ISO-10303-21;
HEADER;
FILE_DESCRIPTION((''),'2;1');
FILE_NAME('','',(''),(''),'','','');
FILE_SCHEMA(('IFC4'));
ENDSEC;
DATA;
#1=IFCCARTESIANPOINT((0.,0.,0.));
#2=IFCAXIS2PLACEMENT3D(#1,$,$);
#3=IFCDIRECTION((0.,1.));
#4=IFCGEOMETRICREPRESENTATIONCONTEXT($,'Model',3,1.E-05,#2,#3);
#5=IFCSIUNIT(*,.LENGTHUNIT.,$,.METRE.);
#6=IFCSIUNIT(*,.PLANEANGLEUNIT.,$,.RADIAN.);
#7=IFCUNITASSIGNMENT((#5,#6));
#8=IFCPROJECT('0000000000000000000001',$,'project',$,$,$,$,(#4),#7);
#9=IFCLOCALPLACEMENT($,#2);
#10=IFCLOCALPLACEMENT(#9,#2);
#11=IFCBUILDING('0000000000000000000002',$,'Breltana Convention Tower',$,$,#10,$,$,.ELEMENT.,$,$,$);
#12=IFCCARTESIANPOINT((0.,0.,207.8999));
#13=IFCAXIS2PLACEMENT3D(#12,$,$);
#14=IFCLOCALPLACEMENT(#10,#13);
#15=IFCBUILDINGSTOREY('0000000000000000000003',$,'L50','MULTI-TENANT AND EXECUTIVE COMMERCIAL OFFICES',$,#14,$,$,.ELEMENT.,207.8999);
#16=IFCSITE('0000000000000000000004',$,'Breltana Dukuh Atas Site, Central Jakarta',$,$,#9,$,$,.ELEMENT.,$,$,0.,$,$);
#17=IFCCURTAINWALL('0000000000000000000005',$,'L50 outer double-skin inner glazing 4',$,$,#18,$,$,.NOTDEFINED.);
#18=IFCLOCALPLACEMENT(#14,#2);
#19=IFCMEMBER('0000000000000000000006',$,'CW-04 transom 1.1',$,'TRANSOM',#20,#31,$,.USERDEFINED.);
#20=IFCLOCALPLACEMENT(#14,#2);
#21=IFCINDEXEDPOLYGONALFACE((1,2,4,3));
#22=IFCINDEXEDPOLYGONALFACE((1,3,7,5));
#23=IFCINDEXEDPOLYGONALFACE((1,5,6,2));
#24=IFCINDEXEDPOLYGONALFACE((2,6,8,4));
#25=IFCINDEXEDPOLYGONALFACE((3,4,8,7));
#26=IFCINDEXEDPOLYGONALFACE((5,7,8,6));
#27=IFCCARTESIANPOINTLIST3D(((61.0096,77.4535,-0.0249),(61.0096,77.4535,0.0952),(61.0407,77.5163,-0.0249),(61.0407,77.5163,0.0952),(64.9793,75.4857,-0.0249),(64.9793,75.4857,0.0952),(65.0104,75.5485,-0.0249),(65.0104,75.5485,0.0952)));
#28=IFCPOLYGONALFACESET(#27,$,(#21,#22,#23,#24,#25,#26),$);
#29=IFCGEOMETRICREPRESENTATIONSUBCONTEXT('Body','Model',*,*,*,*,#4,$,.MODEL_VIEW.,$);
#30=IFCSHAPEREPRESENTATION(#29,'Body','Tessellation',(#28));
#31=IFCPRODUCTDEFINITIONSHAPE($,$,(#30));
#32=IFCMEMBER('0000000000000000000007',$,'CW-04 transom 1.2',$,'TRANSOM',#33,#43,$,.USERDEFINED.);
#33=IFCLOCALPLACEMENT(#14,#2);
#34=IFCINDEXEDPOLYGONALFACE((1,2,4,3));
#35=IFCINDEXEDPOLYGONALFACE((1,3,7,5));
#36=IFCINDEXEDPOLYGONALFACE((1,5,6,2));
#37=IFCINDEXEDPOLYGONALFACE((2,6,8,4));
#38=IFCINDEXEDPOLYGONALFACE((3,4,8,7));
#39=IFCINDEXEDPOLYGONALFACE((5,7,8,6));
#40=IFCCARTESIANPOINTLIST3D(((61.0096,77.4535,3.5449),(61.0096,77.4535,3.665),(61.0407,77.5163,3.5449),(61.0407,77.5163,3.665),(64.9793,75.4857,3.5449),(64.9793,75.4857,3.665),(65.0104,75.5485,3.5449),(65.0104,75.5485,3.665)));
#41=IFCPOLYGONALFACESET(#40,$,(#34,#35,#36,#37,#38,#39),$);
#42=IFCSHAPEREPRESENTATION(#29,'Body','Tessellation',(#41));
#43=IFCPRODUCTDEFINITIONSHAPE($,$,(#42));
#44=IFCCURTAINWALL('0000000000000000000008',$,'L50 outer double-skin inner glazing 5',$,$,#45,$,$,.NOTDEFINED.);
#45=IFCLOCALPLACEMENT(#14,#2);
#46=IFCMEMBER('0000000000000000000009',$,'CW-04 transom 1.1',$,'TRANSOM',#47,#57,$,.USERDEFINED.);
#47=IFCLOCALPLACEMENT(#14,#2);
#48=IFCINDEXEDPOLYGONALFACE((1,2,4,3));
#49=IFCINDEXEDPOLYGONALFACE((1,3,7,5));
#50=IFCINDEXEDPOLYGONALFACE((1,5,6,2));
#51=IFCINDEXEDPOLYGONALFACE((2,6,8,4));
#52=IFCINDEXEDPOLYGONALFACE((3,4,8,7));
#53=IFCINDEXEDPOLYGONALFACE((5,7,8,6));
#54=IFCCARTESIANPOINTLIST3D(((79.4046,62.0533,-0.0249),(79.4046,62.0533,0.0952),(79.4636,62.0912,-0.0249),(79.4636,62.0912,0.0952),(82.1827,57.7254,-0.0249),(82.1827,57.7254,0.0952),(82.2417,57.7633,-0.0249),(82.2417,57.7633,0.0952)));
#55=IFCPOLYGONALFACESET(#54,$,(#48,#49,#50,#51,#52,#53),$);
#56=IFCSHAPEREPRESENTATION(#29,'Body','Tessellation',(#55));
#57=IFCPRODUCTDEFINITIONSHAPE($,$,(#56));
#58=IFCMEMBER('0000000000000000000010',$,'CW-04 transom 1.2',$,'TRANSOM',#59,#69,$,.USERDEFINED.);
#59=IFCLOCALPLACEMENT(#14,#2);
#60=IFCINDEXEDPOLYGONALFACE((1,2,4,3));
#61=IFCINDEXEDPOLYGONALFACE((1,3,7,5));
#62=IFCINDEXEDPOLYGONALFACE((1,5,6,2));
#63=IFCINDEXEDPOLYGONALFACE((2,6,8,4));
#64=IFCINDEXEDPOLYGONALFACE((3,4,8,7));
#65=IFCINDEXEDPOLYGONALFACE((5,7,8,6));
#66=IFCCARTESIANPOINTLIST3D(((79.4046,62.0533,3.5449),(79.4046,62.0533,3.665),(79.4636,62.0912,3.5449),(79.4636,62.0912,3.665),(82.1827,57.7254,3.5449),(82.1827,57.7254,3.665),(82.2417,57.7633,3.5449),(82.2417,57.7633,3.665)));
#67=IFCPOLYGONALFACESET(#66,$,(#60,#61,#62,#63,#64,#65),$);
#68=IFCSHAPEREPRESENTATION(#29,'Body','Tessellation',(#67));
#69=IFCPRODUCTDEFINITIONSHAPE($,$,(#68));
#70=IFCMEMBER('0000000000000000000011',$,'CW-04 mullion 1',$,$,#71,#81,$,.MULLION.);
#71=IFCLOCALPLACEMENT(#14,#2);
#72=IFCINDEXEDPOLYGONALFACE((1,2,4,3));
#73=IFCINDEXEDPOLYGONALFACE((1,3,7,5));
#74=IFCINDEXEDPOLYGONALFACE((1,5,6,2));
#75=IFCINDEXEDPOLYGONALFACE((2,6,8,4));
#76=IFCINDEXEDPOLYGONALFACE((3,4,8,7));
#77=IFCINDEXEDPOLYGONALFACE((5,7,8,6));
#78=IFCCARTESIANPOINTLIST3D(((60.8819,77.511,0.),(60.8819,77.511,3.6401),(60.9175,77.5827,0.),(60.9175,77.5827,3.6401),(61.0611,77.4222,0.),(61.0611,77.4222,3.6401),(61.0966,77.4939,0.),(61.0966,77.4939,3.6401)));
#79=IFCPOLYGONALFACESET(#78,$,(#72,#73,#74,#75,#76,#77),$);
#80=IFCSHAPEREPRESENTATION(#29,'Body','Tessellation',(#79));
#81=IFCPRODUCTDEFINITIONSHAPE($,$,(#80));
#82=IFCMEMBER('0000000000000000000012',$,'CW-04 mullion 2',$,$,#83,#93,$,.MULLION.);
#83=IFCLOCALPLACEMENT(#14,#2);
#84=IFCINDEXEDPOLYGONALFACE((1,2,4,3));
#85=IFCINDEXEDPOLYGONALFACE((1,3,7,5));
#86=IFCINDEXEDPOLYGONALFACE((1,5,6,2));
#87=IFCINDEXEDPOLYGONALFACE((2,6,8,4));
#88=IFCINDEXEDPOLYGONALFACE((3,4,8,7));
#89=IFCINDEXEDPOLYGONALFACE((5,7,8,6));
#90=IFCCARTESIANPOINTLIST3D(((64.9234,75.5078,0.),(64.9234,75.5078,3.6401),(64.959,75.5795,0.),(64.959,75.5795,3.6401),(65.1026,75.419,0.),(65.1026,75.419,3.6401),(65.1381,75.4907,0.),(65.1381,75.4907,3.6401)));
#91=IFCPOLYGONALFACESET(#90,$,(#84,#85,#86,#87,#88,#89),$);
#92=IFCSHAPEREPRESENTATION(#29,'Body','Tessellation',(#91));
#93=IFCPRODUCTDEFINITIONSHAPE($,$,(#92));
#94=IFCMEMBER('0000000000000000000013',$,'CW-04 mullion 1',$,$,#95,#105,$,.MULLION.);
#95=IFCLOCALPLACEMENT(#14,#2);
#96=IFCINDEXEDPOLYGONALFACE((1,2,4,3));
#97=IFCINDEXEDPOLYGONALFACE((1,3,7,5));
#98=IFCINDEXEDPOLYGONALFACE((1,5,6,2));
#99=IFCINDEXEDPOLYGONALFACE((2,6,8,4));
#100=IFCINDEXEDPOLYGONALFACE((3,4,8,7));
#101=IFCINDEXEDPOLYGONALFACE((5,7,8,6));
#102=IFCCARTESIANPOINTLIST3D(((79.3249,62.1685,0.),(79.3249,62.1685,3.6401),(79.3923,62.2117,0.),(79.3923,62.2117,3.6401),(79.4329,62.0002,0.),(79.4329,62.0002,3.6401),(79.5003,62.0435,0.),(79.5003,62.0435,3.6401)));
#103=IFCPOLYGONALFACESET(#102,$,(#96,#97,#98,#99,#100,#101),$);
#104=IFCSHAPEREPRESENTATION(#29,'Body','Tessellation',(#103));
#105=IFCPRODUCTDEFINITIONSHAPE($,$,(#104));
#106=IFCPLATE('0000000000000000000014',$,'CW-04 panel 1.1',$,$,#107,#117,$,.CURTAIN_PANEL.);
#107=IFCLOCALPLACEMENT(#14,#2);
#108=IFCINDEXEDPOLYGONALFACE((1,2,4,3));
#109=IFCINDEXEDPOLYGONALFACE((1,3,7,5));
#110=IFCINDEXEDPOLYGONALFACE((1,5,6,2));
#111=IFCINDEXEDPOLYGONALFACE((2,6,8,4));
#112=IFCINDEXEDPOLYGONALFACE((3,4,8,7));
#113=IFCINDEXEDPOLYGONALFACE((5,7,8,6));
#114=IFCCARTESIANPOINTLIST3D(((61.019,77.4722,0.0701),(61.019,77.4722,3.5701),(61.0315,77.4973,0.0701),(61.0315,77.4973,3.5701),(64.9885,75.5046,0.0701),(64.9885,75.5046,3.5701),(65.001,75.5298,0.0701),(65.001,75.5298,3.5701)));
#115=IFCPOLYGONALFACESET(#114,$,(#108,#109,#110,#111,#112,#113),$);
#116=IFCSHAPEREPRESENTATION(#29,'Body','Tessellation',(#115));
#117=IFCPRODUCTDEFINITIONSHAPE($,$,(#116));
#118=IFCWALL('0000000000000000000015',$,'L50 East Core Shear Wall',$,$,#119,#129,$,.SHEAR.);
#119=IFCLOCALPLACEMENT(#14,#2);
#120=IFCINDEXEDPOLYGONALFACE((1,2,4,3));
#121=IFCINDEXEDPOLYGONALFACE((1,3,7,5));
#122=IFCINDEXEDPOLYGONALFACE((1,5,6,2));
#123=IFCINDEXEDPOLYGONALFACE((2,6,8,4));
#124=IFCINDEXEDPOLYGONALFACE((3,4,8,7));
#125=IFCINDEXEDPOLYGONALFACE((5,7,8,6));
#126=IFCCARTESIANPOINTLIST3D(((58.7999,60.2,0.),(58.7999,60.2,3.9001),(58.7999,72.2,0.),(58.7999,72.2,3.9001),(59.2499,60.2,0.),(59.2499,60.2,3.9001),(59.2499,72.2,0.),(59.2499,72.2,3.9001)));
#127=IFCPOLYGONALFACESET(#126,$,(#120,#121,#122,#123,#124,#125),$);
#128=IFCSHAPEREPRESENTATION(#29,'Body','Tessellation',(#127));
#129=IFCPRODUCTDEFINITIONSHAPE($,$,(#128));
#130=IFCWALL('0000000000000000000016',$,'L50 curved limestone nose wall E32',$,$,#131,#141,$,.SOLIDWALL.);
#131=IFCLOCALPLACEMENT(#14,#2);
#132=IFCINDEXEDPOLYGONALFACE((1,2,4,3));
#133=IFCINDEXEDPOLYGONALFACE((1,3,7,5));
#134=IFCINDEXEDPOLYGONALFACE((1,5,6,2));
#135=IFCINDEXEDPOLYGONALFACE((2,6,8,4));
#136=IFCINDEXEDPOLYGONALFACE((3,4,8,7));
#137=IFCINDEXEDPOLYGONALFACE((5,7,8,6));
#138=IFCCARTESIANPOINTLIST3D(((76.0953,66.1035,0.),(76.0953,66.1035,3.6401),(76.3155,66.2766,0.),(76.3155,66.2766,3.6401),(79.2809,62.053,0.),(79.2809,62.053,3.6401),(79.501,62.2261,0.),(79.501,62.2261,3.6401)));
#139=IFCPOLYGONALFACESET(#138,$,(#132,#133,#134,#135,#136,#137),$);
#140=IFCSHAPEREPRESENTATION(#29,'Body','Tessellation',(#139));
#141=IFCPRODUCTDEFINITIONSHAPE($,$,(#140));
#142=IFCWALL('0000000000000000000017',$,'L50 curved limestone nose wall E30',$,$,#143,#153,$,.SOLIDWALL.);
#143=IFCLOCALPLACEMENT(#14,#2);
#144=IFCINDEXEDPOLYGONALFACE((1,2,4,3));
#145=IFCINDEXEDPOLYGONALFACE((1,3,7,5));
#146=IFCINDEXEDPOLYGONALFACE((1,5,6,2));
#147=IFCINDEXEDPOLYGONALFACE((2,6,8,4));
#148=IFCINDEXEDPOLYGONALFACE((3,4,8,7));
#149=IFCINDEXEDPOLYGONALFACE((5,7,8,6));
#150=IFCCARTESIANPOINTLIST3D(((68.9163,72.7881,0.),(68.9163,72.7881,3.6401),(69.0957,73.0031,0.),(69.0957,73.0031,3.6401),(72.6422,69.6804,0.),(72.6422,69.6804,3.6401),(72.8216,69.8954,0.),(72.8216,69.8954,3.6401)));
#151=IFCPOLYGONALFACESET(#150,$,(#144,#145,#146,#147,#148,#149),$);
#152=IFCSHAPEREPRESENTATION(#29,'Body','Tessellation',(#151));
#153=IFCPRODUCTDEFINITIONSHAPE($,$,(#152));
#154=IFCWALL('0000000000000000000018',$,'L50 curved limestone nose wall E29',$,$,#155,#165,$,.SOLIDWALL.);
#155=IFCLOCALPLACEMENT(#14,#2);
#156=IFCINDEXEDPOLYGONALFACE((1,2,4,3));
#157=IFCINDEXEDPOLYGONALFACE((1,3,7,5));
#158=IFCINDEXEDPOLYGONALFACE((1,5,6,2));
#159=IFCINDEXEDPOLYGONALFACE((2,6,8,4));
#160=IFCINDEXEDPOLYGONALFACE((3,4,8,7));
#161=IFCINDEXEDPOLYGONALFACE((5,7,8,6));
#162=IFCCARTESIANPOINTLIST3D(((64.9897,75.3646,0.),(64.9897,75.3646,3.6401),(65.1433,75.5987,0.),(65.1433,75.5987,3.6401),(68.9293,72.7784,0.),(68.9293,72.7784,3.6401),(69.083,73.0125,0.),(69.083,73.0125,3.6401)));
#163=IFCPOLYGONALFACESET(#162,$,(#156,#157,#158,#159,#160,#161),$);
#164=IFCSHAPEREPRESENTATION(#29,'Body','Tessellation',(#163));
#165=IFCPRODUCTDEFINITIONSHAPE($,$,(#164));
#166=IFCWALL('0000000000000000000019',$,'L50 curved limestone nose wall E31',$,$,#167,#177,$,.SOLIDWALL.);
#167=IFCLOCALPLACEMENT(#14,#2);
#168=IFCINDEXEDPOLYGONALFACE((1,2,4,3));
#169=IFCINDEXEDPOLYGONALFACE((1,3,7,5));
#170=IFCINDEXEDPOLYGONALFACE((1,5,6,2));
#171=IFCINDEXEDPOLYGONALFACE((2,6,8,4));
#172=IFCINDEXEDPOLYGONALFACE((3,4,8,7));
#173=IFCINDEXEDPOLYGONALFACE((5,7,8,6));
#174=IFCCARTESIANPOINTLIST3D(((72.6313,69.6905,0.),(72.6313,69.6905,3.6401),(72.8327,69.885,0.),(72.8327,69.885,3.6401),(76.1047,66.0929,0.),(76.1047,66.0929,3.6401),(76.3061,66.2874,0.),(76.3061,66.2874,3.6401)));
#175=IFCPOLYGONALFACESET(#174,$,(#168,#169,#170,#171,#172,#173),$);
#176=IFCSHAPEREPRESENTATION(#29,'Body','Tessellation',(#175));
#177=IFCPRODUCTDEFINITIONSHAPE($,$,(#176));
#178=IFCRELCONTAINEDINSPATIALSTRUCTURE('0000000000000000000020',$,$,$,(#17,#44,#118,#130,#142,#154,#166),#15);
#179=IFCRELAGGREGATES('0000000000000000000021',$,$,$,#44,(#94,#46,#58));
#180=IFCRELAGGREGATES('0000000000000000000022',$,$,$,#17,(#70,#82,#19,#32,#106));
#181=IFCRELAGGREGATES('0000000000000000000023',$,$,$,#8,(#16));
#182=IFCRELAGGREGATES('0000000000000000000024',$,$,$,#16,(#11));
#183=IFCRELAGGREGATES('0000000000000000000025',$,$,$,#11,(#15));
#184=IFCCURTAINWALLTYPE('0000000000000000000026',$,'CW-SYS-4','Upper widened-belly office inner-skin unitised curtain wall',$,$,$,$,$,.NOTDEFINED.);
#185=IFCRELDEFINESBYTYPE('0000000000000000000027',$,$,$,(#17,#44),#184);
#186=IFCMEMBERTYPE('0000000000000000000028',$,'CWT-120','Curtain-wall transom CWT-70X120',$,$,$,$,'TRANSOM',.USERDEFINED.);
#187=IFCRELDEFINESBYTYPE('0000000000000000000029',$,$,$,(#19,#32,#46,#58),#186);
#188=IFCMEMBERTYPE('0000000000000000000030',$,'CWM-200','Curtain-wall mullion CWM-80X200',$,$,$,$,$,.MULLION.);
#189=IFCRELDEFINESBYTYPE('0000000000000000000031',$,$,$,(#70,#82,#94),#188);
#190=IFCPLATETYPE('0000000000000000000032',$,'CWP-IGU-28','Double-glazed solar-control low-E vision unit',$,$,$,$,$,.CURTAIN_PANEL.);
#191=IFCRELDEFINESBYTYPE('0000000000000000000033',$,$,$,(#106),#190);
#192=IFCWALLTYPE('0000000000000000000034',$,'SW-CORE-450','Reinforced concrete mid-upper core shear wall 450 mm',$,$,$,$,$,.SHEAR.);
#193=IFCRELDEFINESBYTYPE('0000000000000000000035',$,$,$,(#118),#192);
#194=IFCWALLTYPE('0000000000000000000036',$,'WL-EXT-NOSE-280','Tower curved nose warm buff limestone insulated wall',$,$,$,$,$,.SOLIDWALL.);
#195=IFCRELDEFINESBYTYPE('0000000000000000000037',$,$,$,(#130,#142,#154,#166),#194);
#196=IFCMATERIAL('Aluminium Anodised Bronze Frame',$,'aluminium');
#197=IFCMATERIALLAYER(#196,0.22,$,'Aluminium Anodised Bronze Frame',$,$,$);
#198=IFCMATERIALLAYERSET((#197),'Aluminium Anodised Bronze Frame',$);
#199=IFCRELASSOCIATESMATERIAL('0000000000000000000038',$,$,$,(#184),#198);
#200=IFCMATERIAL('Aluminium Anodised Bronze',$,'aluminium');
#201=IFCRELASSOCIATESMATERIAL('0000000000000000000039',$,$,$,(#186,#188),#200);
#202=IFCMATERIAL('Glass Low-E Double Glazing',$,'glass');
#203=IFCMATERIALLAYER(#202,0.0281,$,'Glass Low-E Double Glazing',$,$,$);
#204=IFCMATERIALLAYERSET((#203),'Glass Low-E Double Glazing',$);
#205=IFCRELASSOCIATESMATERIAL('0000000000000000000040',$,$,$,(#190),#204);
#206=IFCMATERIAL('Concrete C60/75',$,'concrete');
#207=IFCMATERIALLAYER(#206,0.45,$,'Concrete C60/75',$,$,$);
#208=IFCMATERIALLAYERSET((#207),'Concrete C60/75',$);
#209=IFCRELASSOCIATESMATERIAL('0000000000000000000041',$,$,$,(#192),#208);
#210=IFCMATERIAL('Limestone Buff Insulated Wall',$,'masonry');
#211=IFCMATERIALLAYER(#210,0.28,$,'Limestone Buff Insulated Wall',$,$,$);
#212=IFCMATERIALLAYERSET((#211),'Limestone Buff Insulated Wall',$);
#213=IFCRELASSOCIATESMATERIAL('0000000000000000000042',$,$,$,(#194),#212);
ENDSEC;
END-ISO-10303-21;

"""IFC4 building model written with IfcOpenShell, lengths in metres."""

from ifc_helpers import new_model, si_unit, direction, frame, frame_2d, origin, origin_2d, place, context, subcontext, project, spatial, rectangle, extrude, source, transform, mapped, material, layer, layer_set, material_profile, profile_set, type_object, element, aggregate, save


model = new_model("IFC4")

# Units and contexts
model_context = context("Model", 3, precision=1e-05, world=origin(), true_north=direction((0.0, 1.0)))
body_context = subcontext(model_context, "Body", "Model", "MODEL_VIEW")
ifc_project = project(units=[si_unit("LENGTHUNIT", "METRE"), si_unit("PLANEANGLEUNIT", "RADIAN")], contexts=[model_context])

# Site, building, storey
site_placement = place(None, origin())
site = spatial("IfcSite", under=ifc_project, at=site_placement, Name="Breltana Dukuh Atas Site, Central Jakarta", CompositionType="ELEMENT", RefElevation=0.0)
building_placement = place(site_placement, origin())
building = spatial("IfcBuilding", under=site, at=building_placement, Name="Breltana Convention Tower", CompositionType="ELEMENT")
storey_placement = place(building_placement, frame((0.0, 0.0, 207.8999)))
storey = spatial("IfcBuildingStorey", under=building, at=storey_placement, Name="L50", Description="MULTI-TENANT AND EXECUTIVE COMMERCIAL OFFICES", CompositionType="ELEMENT", Elevation=207.8999)

# Curtain walls, members
ifc_material_1 = material(Name="Aluminium Anodised Bronze Frame", Category="aluminium")
ifc_layer_1 = layer(ifc_material_1, 0.22, Name="Aluminium Anodised Bronze Frame")
ifc_layer_set_1 = layer_set([ifc_layer_1], Name="Aluminium Anodised Bronze Frame")
curtain_wall_type = type_object("IfcCurtainWallType", Name="CW-SYS-4", Description="Upper widened-belly office inner-skin unitised curtain wall", PredefinedType="NOTDEFINED", material=ifc_layer_set_1)
curtain_wall_1_placement = place(storey_placement, origin())
curtain_wall_1 = element("IfcCurtainWall", 1, at=curtain_wall_1_placement, inside=storey, type_object=curtain_wall_type, Name="L50 outer double-skin inner glazing 4", PredefinedType="NOTDEFINED")
ifc_material_2 = material(Name="Aluminium Anodised Bronze", Category="aluminium")
ifc_material_profile_1 = material_profile(ifc_material_2, rectangle(XDim=0.0701, YDim=0.1201, at=origin_2d()), Name="CWT-70X120")
ifc_profile_set_1 = profile_set([ifc_material_profile_1], Name="Aluminium Anodised Bronze")
member_type_1 = type_object("IfcMemberType", Name="CWT-120", Description="Curtain-wall transom CWT-70X120", ElementType="TRANSOM", PredefinedType="USERDEFINED", material=ifc_profile_set_1)
shared_shape_1 = source(origin(), body_context, "Body", "SweptSolid", [
    extrude(rectangle(XDim=0.0701, YDim=0.1201, at=origin_2d()), origin(), (0.0, 0.0, 1.0), 4.4307),
])
member_1_placement = place(storey_placement, frame((61.0251, 77.4849, 0.0352), z_axis=(0.895965, -0.444125, 0.0), x_axis=(0.444125, 0.895965, 0.0)))
member_1 = element("IfcMember", 2, at=member_1_placement, type_object=member_type_1, Name="CW-04 transom 1.1", ObjectType="TRANSOM", PredefinedType="USERDEFINED", context=body_context, shape_type="MappedRepresentation", body=[
    mapped(shared_shape_1, transform((0.0, 0.0, 0.0), scale=1.0)),
])
member_2_placement = place(storey_placement, frame((61.0251, 77.4849, 3.605), z_axis=(0.895965, -0.444125, 0.0), x_axis=(0.444125, 0.895965, 0.0)))
member_2 = element("IfcMember", 3, at=member_2_placement, type_object=member_type_1, Name="CW-04 transom 1.2", ObjectType="TRANSOM", PredefinedType="USERDEFINED", context=body_context, shape_type="MappedRepresentation", body=[
    mapped(shared_shape_1, transform((0.0, 0.0, 0.0), scale=1.0)),
])
curtain_wall_2_placement = place(storey_placement, origin())
curtain_wall_2 = element("IfcCurtainWall", 4, at=curtain_wall_2_placement, inside=storey, type_object=curtain_wall_type, Name="L50 outer double-skin inner glazing 5", PredefinedType="NOTDEFINED")
shared_shape_2 = source(origin(), body_context, "Body", "SweptSolid", [
    extrude(rectangle(XDim=0.0701, YDim=0.1201, at=origin_2d()), origin(), (0.0, 0.0, 1.0), 5.1428),
])
member_3_placement = place(storey_placement, frame((79.4341, 62.0723, 0.0352), z_axis=(0.540189, -0.841544, 0.0), x_axis=(0.841544, 0.540189, 0.0)))
member_3 = element("IfcMember", 5, at=member_3_placement, type_object=member_type_1, Name="CW-04 transom 1.1", ObjectType="TRANSOM", PredefinedType="USERDEFINED", context=body_context, shape_type="MappedRepresentation", body=[
    mapped(shared_shape_2, transform((0.0, 0.0, 0.0), scale=1.0)),
])
member_4_placement = place(storey_placement, frame((79.4341, 62.0723, 3.605), z_axis=(0.540189, -0.841544, 0.0), x_axis=(0.841544, 0.540189, 0.0)))
member_4 = element("IfcMember", 6, at=member_4_placement, type_object=member_type_1, Name="CW-04 transom 1.2", ObjectType="TRANSOM", PredefinedType="USERDEFINED", context=body_context, shape_type="MappedRepresentation", body=[
    mapped(shared_shape_2, transform((0.0, 0.0, 0.0), scale=1.0)),
])

# Members
ifc_material_profile_2 = material_profile(ifc_material_2, rectangle(XDim=0.0801, YDim=0.2, at=origin_2d()), Name="CWM-80X200")
ifc_profile_set_2 = profile_set([ifc_material_profile_2], Name="Aluminium Anodised Bronze")
member_type_2 = type_object("IfcMemberType", Name="CWM-200", Description="Curtain-wall mullion CWM-80X200", PredefinedType="MULLION", material=ifc_profile_set_2)
shared_shape_3 = source(origin(), body_context, "Body", "SweptSolid", [
    extrude(rectangle(XDim=0.0801, YDim=0.2, at=origin_2d()), origin(), (0.0, 0.0, 1.0), 3.6401),
])
member_5_placement = place(storey_placement, frame((60.9893, 77.5024, 0.0), z_axis=(0.0, 0.0, 1.0), x_axis=(0.444109, 0.895973, 0.0)))
member_5 = element("IfcMember", 7, at=member_5_placement, type_object=member_type_2, Name="CW-04 mullion 1", PredefinedType="MULLION", context=body_context, shape_type="MappedRepresentation", body=[
    mapped(shared_shape_3, transform((0.0, 0.0, 0.0), scale=1.0)),
])
member_6_placement = place(storey_placement, frame((65.0308, 75.4993, 0.0), z_axis=(0.0, 0.0, 1.0), x_axis=(0.444109, 0.895973, 0.0)))
member_6 = element("IfcMember", 8, at=member_6_placement, type_object=member_type_2, Name="CW-04 mullion 2", PredefinedType="MULLION", context=body_context, shape_type="MappedRepresentation", body=[
    mapped(shared_shape_3, transform((0.0, 0.0, 0.0), scale=1.0)),
])
member_7_placement = place(storey_placement, frame((79.4126, 62.106, 0.0), z_axis=(0.0, 0.0, 1.0), x_axis=(0.841548, 0.540182, 0.0)))
member_7 = element("IfcMember", 9, at=member_7_placement, type_object=member_type_2, Name="CW-04 mullion 1", PredefinedType="MULLION", context=body_context, shape_type="MappedRepresentation", body=[
    mapped(shared_shape_3, transform((0.0, 0.0, 0.0), scale=1.0)),
])
aggregate(curtain_wall_2, [member_7, member_3, member_4])

# Plate
ifc_material_3 = material(Name="Glass Low-E Double Glazing", Category="glass")
ifc_layer_2 = layer(ifc_material_3, 0.0281, Name="Glass Low-E Double Glazing")
ifc_layer_set_2 = layer_set([ifc_layer_2], Name="Glass Low-E Double Glazing")
plate_type = type_object("IfcPlateType", Name="CWP-IGU-28", Description="Double-glazed solar-control low-E vision unit", PredefinedType="CURTAIN_PANEL", material=ifc_layer_set_2)
shared_shape_4 = source(origin(), body_context, "Body", "SweptSolid", [
    extrude(rectangle(XDim=4.4304, YDim=0.0281, at=origin_2d()), origin(), (0.0, 0.0, 1.0), 3.5),
])
plate_placement = place(storey_placement, frame((63.01, 76.501, 0.0701), z_axis=(0.0, 0.0, 1.0), x_axis=(0.895973, -0.444109, 0.0)))
plate = element("IfcPlate", 10, at=plate_placement, type_object=plate_type, Name="CW-04 panel 1.1", PredefinedType="CURTAIN_PANEL", context=body_context, shape_type="MappedRepresentation", body=[
    mapped(shared_shape_4, transform((0.0, 0.0, 0.0), scale=1.0)),
])
aggregate(curtain_wall_1, [member_5, member_6, member_1, member_2, plate])

# Walls
ifc_material_4 = material(Name="Concrete C60/75", Category="concrete")
ifc_layer_3 = layer(ifc_material_4, 0.45, Name="Concrete C60/75")
ifc_layer_set_3 = layer_set([ifc_layer_3], Name="Concrete C60/75")
wall_type_1 = type_object("IfcWallType", Name="SW-CORE-450", Description="Reinforced concrete mid-upper core shear wall 450 mm", PredefinedType="SHEAR", material=ifc_layer_set_3)
shared_shape_5 = source(origin(), body_context, "Body", "SweptSolid", [
    extrude(rectangle(XDim=12.0, YDim=0.45, at=frame_2d((6.0, 0.0))), origin(), (0.0, 0.0, 1.0), 3.9001),
])
wall_1_placement = place(storey_placement, frame((59.0249, 60.2, 0.0), z_axis=(0.0, 0.0, 1.0), x_axis=(0.0, 1.0, 0.0)))
element("IfcWall", 11, at=wall_1_placement, inside=storey, type_object=wall_type_1, Name="L50 East Core Shear Wall", PredefinedType="SHEAR", context=body_context, shape_type="MappedRepresentation", body=[
    mapped(shared_shape_5, transform((0.0, 0.0, 0.0), scale=1.0)),
])
ifc_material_5 = material(Name="Limestone Buff Insulated Wall", Category="masonry")
ifc_layer_4 = layer(ifc_material_5, 0.28, Name="Limestone Buff Insulated Wall")
ifc_layer_set_4 = layer_set([ifc_layer_4], Name="Limestone Buff Insulated Wall")
wall_type_2 = type_object("IfcWallType", Name="WL-EXT-NOSE-280", Description="Tower curved nose warm buff limestone insulated wall", PredefinedType="SOLIDWALL", material=ifc_layer_set_4)
shared_shape_6 = source(origin(), body_context, "Body", "SweptSolid", [
    extrude(rectangle(XDim=5.1531, YDim=0.28, at=frame_2d((2.5767, 0.0))), origin(), (0.0, 0.0, 1.0), 3.6401),
])
wall_2_placement = place(storey_placement, frame((76.2053, 66.1902, 0.0), z_axis=(0.0, 0.0, 1.0), x_axis=(0.618179, -0.786037, 0.0)))
element("IfcWall", 12, at=wall_2_placement, inside=storey, type_object=wall_type_2, Name="L50 curved limestone nose wall E32", PredefinedType="SOLIDWALL", context=body_context, shape_type="MappedRepresentation", body=[
    mapped(shared_shape_6, transform((0.0, 0.0, 0.0), scale=1.0)),
])
shared_shape_7 = source(origin(), body_context, "Body", "SweptSolid", [
    extrude(rectangle(XDim=4.8518, YDim=0.28, at=frame_2d((2.4258, 0.0))), origin(), (0.0, 0.0, 1.0), 3.6401),
])
wall_3_placement = place(storey_placement, frame((69.0061, 72.8955, 0.0), z_axis=(0.0, 0.0, 1.0), x_axis=(0.767937, -0.640526, 0.0)))
element("IfcWall", 13, at=wall_3_placement, inside=storey, type_object=wall_type_2, Name="L50 curved limestone nose wall E30", PredefinedType="SOLIDWALL", context=body_context, shape_type="MappedRepresentation", body=[
    mapped(shared_shape_7, transform((0.0, 0.0, 0.0), scale=1.0)),
])
shared_shape_8 = source(origin(), body_context, "Body", "SweptSolid", [
    extrude(rectangle(XDim=4.7126, YDim=0.28, at=frame_2d((2.3564, 0.0))), origin(), (0.0, 0.0, 1.0), 3.6401),
])
wall_4_placement = place(storey_placement, frame((65.0664, 75.4817, 0.0), z_axis=(0.0, 0.0, 1.0), x_axis=(0.835974, -0.548768, 0.0)))
element("IfcWall", 14, at=wall_4_placement, inside=storey, type_object=wall_type_2, Name="L50 curved limestone nose wall E29", PredefinedType="SOLIDWALL", context=body_context, shape_type="MappedRepresentation", body=[
    mapped(shared_shape_8, transform((0.0, 0.0, 0.0), scale=1.0)),
])
shared_shape_9 = source(origin(), body_context, "Body", "SweptSolid", [
    extrude(rectangle(XDim=5.0007, YDim=0.28, at=frame_2d((2.5005, 0.0))), origin(), (0.0, 0.0, 1.0), 3.6401),
])
wall_5_placement = place(storey_placement, frame((72.7319, 69.7878, 0.0), z_axis=(0.0, 0.0, 1.0), x_axis=(0.694573, -0.719422, 0.0)))
element("IfcWall", 15, at=wall_5_placement, inside=storey, type_object=wall_type_2, Name="L50 curved limestone nose wall E31", PredefinedType="SOLIDWALL", context=body_context, shape_type="MappedRepresentation", body=[
    mapped(shared_shape_9, transform((0.0, 0.0, 0.0), scale=1.0)),
])

save(model, "model.ifc")
